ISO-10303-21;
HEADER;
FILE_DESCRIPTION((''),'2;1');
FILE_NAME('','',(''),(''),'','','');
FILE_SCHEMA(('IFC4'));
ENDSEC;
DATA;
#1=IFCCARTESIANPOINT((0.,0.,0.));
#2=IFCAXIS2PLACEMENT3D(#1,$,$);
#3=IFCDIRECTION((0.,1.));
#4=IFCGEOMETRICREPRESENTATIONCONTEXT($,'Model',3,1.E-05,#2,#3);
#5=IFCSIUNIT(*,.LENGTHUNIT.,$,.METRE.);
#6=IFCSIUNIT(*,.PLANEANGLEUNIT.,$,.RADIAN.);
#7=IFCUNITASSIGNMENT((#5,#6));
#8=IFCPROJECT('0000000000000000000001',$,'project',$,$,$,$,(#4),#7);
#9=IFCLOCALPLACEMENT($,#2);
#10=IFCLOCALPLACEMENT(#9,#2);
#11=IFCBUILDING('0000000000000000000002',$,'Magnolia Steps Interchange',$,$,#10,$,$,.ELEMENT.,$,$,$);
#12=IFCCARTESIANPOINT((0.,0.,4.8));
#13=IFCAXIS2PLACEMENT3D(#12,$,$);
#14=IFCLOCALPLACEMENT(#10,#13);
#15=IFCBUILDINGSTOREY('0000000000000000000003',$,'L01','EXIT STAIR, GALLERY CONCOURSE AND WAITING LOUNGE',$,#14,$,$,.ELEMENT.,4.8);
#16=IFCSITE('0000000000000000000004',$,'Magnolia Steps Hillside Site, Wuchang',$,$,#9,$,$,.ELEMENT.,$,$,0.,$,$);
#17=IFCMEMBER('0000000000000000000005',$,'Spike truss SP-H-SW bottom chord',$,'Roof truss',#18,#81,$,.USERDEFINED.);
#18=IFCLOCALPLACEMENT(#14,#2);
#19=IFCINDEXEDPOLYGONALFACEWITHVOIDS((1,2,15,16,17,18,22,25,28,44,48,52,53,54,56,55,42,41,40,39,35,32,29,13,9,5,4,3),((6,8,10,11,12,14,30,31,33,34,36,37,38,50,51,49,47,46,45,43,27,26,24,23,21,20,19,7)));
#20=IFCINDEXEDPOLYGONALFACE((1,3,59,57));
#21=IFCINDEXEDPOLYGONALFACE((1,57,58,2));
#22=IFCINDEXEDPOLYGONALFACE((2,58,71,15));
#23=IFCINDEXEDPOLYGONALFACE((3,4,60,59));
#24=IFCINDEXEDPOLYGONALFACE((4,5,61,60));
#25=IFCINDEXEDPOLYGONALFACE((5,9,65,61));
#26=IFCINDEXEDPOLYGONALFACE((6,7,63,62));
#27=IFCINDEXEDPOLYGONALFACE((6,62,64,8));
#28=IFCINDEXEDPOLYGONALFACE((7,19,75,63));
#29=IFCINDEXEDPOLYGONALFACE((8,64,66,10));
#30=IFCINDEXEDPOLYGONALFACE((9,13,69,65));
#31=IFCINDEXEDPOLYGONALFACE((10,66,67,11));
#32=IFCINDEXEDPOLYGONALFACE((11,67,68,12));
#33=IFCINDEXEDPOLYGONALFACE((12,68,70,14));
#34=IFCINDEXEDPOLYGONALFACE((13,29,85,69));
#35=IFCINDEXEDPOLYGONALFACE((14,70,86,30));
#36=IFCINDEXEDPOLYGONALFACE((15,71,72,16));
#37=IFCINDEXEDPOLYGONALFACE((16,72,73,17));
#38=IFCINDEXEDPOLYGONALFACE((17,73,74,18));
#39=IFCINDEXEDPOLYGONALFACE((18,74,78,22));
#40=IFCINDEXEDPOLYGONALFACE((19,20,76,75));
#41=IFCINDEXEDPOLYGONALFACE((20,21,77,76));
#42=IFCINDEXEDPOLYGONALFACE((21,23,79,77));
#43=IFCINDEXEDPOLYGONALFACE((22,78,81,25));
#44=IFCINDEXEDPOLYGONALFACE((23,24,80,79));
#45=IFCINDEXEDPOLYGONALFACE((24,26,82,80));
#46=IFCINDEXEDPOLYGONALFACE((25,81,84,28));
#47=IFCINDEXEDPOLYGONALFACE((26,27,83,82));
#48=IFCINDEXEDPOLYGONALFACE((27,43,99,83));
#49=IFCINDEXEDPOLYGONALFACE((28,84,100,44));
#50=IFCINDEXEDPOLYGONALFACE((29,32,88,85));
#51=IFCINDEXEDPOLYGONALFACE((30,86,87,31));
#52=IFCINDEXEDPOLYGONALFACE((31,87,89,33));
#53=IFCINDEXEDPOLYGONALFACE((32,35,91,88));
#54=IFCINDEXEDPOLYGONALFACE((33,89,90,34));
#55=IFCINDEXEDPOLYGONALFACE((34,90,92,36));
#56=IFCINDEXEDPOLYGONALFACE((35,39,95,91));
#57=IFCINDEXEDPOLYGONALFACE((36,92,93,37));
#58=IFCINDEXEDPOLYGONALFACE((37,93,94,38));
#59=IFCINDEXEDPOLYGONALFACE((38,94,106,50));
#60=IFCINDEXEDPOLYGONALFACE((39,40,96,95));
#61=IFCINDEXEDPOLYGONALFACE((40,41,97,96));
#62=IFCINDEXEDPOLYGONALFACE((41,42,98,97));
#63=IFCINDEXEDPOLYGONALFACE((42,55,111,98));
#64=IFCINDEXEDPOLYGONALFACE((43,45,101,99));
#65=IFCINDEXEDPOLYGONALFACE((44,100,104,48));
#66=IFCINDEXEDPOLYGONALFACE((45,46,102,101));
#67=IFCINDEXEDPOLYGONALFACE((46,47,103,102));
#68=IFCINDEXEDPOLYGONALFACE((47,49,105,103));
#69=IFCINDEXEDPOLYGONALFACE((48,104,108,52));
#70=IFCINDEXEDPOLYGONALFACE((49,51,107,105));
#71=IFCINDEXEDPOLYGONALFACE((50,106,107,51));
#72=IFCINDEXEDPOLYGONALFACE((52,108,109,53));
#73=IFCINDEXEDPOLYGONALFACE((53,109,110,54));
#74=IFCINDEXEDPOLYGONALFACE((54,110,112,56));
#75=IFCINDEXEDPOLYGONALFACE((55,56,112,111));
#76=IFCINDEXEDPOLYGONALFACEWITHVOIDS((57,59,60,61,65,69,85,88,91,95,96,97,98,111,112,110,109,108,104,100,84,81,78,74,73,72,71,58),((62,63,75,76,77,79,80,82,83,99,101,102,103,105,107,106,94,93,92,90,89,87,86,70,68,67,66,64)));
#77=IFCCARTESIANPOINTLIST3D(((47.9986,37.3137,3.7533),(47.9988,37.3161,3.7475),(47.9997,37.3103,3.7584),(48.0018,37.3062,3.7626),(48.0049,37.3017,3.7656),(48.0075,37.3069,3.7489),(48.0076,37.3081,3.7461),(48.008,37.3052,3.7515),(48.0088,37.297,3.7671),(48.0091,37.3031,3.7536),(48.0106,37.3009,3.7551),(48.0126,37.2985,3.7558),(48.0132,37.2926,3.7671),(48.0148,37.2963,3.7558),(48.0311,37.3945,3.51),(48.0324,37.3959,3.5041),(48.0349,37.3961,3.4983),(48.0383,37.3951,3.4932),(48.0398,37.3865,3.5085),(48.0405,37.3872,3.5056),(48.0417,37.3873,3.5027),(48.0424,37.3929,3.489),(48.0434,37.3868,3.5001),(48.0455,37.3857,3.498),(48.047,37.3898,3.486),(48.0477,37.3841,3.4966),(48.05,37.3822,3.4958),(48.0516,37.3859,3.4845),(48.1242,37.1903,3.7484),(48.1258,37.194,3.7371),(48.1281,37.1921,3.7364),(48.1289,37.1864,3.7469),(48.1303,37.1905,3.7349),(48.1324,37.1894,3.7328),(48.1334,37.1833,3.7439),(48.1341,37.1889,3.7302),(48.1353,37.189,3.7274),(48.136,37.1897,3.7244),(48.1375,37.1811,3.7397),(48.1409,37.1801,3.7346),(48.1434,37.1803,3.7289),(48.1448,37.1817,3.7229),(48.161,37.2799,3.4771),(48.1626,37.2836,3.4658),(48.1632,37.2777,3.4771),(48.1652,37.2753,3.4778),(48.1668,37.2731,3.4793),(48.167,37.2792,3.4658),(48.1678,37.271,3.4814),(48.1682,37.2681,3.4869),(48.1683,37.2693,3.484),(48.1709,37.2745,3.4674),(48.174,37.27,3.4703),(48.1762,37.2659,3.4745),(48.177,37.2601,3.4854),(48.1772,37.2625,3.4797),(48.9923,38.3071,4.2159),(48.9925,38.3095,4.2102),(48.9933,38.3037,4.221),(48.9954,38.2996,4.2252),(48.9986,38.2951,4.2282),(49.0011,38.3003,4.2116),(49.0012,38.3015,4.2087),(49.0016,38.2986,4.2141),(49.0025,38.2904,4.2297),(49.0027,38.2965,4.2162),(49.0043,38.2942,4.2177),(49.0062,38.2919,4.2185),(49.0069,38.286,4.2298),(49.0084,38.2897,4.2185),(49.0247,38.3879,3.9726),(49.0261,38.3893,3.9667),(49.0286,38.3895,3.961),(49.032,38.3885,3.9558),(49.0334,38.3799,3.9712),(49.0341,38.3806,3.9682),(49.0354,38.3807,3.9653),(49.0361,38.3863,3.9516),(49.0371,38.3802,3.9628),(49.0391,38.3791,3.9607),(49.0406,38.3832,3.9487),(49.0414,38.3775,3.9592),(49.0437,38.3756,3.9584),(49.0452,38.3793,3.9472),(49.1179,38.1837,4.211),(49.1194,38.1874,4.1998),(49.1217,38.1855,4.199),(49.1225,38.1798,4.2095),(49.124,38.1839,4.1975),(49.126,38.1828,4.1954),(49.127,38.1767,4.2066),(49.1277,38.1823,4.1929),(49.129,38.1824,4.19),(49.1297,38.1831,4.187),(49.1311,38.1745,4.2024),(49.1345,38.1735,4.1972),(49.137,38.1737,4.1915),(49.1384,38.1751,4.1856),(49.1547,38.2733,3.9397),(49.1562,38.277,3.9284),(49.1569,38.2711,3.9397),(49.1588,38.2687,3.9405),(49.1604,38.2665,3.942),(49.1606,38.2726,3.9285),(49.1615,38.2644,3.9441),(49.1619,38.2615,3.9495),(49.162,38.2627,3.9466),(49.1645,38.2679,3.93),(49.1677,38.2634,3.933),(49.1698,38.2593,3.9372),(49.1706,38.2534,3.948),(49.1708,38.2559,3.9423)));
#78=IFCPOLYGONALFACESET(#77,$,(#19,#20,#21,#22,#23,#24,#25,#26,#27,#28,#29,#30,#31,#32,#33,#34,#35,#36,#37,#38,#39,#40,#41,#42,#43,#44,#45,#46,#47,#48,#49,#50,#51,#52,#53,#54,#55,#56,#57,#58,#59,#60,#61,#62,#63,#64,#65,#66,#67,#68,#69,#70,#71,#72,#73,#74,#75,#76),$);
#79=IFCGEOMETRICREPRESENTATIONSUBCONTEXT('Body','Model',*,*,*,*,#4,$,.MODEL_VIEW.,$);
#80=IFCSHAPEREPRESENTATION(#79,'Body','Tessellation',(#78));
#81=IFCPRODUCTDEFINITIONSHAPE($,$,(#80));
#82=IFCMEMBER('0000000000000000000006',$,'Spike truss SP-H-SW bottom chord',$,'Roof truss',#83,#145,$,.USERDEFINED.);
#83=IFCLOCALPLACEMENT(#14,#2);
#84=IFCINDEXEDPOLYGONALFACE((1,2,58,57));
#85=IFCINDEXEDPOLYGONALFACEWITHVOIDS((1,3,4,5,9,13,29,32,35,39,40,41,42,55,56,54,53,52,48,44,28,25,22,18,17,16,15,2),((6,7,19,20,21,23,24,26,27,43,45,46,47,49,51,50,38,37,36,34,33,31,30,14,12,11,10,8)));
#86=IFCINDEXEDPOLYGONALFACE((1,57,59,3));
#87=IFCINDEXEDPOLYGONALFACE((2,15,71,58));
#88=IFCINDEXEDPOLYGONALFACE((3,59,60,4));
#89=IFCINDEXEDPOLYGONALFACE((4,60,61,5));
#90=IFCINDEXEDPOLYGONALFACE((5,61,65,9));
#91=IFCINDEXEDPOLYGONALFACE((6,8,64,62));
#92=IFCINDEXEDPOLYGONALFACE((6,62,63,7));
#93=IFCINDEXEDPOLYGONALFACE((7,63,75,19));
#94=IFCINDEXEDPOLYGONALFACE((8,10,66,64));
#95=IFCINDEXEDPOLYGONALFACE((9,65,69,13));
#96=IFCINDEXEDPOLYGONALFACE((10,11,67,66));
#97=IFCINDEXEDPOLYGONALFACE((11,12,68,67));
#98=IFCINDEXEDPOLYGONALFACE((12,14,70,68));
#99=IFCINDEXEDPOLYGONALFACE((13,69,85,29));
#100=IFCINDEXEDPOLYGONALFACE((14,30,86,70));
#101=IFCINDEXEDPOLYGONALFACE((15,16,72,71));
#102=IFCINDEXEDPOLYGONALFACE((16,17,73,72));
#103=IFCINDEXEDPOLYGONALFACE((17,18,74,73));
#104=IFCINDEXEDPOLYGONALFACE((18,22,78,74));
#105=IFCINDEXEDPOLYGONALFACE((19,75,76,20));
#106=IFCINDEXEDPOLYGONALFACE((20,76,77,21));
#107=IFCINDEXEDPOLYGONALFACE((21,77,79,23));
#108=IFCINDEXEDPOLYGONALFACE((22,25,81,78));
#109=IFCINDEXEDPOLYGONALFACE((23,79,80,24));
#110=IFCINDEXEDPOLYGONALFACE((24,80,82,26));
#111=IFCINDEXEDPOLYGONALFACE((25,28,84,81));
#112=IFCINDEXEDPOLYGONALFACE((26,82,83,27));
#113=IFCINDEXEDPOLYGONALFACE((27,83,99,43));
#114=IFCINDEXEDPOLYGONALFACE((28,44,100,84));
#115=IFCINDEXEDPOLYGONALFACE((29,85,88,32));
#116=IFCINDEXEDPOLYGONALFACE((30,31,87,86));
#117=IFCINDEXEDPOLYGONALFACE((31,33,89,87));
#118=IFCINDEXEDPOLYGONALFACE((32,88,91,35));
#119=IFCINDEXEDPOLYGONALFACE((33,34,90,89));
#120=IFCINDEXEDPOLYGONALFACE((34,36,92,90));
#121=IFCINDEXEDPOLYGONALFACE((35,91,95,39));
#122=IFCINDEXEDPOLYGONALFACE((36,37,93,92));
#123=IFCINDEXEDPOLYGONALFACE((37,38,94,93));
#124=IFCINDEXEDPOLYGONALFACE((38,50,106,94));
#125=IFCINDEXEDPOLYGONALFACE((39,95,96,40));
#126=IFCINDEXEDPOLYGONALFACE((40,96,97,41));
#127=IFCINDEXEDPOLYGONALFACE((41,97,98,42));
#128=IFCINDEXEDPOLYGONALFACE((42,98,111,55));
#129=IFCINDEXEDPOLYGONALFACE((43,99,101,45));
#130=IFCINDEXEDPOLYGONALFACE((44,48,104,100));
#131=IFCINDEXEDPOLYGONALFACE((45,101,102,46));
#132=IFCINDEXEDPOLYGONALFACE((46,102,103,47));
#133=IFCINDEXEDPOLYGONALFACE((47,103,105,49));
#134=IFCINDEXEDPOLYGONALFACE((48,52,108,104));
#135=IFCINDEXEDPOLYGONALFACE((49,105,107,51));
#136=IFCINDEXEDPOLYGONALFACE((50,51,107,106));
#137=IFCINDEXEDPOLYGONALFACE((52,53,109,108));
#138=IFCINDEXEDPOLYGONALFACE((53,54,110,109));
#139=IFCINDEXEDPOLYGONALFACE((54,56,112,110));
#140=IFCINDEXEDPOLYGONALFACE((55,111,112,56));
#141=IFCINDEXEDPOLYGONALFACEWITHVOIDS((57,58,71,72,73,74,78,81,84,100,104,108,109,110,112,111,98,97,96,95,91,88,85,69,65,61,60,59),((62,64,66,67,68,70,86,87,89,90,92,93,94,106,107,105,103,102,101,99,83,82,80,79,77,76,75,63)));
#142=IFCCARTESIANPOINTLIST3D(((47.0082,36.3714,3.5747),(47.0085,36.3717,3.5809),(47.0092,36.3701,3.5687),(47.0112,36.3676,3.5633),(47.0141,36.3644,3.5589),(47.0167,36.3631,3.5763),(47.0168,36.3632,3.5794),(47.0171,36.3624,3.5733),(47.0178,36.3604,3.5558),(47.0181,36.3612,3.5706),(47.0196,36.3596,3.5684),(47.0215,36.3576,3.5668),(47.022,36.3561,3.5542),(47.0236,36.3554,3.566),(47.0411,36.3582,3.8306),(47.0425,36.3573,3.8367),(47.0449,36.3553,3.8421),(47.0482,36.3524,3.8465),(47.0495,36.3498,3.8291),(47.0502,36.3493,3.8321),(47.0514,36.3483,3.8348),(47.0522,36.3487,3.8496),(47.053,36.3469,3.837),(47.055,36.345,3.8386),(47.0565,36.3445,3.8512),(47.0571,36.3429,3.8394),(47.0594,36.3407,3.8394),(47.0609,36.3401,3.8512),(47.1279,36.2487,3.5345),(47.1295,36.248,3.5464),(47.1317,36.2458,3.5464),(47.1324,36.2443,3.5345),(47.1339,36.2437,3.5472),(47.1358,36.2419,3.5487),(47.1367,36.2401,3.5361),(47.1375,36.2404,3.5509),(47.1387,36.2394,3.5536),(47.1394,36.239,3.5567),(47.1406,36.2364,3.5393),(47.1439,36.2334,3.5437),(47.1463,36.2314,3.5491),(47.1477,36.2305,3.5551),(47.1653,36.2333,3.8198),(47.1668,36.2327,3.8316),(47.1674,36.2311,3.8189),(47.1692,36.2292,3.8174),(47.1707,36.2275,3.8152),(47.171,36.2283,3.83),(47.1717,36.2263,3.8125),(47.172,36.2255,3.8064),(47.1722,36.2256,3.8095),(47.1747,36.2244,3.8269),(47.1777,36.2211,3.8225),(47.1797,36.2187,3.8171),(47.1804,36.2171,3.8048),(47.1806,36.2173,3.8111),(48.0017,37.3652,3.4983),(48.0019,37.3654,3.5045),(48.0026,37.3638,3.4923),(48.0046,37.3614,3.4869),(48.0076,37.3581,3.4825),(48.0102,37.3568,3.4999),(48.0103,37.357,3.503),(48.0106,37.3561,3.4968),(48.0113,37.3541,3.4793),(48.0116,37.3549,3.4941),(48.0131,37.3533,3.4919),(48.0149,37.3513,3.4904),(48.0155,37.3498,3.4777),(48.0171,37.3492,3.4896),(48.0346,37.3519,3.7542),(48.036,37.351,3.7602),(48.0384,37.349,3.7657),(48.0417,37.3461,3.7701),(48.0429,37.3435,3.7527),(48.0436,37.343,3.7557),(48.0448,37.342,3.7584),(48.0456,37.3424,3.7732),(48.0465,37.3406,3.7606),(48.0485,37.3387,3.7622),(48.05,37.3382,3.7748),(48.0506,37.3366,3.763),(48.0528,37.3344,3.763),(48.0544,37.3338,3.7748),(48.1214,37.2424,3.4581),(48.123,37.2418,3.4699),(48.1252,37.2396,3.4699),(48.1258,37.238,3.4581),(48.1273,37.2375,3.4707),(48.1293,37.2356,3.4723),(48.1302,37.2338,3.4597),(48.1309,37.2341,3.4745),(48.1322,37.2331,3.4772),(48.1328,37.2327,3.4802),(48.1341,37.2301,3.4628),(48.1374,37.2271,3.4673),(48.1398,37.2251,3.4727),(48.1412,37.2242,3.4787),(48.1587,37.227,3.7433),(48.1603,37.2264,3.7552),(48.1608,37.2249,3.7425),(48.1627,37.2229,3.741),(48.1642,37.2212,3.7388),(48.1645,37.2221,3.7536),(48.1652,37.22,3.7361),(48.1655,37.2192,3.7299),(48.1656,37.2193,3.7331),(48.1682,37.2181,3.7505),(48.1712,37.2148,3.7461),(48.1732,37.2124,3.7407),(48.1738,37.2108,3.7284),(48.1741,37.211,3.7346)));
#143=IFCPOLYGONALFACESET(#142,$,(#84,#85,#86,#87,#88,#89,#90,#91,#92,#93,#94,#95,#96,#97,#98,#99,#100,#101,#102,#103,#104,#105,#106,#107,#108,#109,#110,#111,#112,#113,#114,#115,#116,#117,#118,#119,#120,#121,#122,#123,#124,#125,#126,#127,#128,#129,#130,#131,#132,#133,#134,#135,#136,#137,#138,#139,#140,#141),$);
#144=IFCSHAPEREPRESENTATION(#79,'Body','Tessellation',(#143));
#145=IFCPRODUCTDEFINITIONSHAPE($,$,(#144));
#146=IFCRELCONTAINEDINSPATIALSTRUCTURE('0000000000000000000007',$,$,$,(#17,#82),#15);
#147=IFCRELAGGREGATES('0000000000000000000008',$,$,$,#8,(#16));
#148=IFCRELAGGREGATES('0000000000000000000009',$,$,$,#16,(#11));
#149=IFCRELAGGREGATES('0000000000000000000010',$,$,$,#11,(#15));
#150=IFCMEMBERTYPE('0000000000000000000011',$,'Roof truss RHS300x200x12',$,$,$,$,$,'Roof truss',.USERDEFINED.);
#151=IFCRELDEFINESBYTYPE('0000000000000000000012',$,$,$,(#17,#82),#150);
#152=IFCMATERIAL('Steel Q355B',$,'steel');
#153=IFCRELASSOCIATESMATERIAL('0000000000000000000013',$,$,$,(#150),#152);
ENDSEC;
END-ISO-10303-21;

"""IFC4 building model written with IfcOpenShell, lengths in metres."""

from ifc_helpers import new_model, si_unit, direction, frame, origin, origin_2d, place, context, subcontext, project, spatial, hollow_rectangle, extrude, material, material_profile, profile_set, type_object, element, save


model = new_model("IFC4")

# Units and contexts
model_context = context("Model", 3, precision=1e-05, world=origin(), true_north=direction((0.0, 1.0)))
body_context = subcontext(model_context, "Body", "Model", "MODEL_VIEW")
ifc_project = project(units=[si_unit("LENGTHUNIT", "METRE"), si_unit("PLANEANGLEUNIT", "RADIAN")], contexts=[model_context])

# Site, building, storey
site_placement = place(None, origin())
site = spatial("IfcSite", under=ifc_project, at=site_placement, Name="Magnolia Steps Hillside Site, Wuchang", CompositionType="ELEMENT", RefElevation=0.0)
building_placement = place(site_placement, origin())
building = spatial("IfcBuilding", under=site, at=building_placement, Name="Magnolia Steps Interchange", CompositionType="ELEMENT")
storey_placement = place(building_placement, frame((0.0, 0.0, 4.8)))
storey = spatial("IfcBuildingStorey", under=building, at=storey_placement, Name="L01", Description="EXIT STAIR, GALLERY CONCOURSE AND WAITING LOUNGE", CompositionType="ELEMENT", Elevation=4.8)

# Members
ifc_material_1 = material(Name="Steel Q355B", Category="steel")
ifc_material_profile_1 = material_profile(ifc_material_1, hollow_rectangle(XDim=0.2, YDim=0.3, WallThickness=0.012, InnerFilletRadius=0.012, OuterFilletRadius=0.0239, at=origin_2d()), Name="RHS300x200x12")
ifc_profile_set_1 = profile_set([ifc_material_profile_1], Name="Steel Q355B")
member_type_1 = type_object("IfcMemberType", Name="Roof truss RHS300x200x12", ElementType="Roof truss", PredefinedType="USERDEFINED", material=ifc_profile_set_1)
member_1_placement = place(storey_placement, frame((49.0815, 38.2815, 4.0791), z_axis=(-0.671717, -0.671552, -0.312753), x_axis=(0.729711, -0.672597, -0.123022)))
element("IfcMember", 1, at=member_1_placement, inside=storey, type_object=member_type_1, Name="Spike truss SP-H-SW bottom chord", ObjectType="Roof truss", PredefinedType="USERDEFINED", context=body_context, shape_type="SweptSolid", body=[
    extrude(hollow_rectangle(XDim=0.2, YDim=0.3, WallThickness=0.012, InnerFilletRadius=0.012, OuterFilletRadius=0.0239, at=origin_2d()), origin(), (0.0, 0.0, 1.0), 1.4792),
])
member_2_placement = place(storey_placement, frame((48.0879, 37.2881, 3.6165), z_axis=(-0.705977, -0.70615, 0.054306), x_axis=(0.696285, -0.706047, -0.129169)))
element("IfcMember", 2, at=member_2_placement, inside=storey, type_object=member_type_1, Name="Spike truss SP-H-SW bottom chord", ObjectType="Roof truss", PredefinedType="USERDEFINED", context=body_context, shape_type="SweptSolid", body=[
    extrude(hollow_rectangle(XDim=0.2, YDim=0.3, WallThickness=0.012, InnerFilletRadius=0.012, OuterFilletRadius=0.0239, at=origin_2d()), origin(), (0.0, 0.0, 1.0), 1.4072),
])

save(model, "model.ifc")
